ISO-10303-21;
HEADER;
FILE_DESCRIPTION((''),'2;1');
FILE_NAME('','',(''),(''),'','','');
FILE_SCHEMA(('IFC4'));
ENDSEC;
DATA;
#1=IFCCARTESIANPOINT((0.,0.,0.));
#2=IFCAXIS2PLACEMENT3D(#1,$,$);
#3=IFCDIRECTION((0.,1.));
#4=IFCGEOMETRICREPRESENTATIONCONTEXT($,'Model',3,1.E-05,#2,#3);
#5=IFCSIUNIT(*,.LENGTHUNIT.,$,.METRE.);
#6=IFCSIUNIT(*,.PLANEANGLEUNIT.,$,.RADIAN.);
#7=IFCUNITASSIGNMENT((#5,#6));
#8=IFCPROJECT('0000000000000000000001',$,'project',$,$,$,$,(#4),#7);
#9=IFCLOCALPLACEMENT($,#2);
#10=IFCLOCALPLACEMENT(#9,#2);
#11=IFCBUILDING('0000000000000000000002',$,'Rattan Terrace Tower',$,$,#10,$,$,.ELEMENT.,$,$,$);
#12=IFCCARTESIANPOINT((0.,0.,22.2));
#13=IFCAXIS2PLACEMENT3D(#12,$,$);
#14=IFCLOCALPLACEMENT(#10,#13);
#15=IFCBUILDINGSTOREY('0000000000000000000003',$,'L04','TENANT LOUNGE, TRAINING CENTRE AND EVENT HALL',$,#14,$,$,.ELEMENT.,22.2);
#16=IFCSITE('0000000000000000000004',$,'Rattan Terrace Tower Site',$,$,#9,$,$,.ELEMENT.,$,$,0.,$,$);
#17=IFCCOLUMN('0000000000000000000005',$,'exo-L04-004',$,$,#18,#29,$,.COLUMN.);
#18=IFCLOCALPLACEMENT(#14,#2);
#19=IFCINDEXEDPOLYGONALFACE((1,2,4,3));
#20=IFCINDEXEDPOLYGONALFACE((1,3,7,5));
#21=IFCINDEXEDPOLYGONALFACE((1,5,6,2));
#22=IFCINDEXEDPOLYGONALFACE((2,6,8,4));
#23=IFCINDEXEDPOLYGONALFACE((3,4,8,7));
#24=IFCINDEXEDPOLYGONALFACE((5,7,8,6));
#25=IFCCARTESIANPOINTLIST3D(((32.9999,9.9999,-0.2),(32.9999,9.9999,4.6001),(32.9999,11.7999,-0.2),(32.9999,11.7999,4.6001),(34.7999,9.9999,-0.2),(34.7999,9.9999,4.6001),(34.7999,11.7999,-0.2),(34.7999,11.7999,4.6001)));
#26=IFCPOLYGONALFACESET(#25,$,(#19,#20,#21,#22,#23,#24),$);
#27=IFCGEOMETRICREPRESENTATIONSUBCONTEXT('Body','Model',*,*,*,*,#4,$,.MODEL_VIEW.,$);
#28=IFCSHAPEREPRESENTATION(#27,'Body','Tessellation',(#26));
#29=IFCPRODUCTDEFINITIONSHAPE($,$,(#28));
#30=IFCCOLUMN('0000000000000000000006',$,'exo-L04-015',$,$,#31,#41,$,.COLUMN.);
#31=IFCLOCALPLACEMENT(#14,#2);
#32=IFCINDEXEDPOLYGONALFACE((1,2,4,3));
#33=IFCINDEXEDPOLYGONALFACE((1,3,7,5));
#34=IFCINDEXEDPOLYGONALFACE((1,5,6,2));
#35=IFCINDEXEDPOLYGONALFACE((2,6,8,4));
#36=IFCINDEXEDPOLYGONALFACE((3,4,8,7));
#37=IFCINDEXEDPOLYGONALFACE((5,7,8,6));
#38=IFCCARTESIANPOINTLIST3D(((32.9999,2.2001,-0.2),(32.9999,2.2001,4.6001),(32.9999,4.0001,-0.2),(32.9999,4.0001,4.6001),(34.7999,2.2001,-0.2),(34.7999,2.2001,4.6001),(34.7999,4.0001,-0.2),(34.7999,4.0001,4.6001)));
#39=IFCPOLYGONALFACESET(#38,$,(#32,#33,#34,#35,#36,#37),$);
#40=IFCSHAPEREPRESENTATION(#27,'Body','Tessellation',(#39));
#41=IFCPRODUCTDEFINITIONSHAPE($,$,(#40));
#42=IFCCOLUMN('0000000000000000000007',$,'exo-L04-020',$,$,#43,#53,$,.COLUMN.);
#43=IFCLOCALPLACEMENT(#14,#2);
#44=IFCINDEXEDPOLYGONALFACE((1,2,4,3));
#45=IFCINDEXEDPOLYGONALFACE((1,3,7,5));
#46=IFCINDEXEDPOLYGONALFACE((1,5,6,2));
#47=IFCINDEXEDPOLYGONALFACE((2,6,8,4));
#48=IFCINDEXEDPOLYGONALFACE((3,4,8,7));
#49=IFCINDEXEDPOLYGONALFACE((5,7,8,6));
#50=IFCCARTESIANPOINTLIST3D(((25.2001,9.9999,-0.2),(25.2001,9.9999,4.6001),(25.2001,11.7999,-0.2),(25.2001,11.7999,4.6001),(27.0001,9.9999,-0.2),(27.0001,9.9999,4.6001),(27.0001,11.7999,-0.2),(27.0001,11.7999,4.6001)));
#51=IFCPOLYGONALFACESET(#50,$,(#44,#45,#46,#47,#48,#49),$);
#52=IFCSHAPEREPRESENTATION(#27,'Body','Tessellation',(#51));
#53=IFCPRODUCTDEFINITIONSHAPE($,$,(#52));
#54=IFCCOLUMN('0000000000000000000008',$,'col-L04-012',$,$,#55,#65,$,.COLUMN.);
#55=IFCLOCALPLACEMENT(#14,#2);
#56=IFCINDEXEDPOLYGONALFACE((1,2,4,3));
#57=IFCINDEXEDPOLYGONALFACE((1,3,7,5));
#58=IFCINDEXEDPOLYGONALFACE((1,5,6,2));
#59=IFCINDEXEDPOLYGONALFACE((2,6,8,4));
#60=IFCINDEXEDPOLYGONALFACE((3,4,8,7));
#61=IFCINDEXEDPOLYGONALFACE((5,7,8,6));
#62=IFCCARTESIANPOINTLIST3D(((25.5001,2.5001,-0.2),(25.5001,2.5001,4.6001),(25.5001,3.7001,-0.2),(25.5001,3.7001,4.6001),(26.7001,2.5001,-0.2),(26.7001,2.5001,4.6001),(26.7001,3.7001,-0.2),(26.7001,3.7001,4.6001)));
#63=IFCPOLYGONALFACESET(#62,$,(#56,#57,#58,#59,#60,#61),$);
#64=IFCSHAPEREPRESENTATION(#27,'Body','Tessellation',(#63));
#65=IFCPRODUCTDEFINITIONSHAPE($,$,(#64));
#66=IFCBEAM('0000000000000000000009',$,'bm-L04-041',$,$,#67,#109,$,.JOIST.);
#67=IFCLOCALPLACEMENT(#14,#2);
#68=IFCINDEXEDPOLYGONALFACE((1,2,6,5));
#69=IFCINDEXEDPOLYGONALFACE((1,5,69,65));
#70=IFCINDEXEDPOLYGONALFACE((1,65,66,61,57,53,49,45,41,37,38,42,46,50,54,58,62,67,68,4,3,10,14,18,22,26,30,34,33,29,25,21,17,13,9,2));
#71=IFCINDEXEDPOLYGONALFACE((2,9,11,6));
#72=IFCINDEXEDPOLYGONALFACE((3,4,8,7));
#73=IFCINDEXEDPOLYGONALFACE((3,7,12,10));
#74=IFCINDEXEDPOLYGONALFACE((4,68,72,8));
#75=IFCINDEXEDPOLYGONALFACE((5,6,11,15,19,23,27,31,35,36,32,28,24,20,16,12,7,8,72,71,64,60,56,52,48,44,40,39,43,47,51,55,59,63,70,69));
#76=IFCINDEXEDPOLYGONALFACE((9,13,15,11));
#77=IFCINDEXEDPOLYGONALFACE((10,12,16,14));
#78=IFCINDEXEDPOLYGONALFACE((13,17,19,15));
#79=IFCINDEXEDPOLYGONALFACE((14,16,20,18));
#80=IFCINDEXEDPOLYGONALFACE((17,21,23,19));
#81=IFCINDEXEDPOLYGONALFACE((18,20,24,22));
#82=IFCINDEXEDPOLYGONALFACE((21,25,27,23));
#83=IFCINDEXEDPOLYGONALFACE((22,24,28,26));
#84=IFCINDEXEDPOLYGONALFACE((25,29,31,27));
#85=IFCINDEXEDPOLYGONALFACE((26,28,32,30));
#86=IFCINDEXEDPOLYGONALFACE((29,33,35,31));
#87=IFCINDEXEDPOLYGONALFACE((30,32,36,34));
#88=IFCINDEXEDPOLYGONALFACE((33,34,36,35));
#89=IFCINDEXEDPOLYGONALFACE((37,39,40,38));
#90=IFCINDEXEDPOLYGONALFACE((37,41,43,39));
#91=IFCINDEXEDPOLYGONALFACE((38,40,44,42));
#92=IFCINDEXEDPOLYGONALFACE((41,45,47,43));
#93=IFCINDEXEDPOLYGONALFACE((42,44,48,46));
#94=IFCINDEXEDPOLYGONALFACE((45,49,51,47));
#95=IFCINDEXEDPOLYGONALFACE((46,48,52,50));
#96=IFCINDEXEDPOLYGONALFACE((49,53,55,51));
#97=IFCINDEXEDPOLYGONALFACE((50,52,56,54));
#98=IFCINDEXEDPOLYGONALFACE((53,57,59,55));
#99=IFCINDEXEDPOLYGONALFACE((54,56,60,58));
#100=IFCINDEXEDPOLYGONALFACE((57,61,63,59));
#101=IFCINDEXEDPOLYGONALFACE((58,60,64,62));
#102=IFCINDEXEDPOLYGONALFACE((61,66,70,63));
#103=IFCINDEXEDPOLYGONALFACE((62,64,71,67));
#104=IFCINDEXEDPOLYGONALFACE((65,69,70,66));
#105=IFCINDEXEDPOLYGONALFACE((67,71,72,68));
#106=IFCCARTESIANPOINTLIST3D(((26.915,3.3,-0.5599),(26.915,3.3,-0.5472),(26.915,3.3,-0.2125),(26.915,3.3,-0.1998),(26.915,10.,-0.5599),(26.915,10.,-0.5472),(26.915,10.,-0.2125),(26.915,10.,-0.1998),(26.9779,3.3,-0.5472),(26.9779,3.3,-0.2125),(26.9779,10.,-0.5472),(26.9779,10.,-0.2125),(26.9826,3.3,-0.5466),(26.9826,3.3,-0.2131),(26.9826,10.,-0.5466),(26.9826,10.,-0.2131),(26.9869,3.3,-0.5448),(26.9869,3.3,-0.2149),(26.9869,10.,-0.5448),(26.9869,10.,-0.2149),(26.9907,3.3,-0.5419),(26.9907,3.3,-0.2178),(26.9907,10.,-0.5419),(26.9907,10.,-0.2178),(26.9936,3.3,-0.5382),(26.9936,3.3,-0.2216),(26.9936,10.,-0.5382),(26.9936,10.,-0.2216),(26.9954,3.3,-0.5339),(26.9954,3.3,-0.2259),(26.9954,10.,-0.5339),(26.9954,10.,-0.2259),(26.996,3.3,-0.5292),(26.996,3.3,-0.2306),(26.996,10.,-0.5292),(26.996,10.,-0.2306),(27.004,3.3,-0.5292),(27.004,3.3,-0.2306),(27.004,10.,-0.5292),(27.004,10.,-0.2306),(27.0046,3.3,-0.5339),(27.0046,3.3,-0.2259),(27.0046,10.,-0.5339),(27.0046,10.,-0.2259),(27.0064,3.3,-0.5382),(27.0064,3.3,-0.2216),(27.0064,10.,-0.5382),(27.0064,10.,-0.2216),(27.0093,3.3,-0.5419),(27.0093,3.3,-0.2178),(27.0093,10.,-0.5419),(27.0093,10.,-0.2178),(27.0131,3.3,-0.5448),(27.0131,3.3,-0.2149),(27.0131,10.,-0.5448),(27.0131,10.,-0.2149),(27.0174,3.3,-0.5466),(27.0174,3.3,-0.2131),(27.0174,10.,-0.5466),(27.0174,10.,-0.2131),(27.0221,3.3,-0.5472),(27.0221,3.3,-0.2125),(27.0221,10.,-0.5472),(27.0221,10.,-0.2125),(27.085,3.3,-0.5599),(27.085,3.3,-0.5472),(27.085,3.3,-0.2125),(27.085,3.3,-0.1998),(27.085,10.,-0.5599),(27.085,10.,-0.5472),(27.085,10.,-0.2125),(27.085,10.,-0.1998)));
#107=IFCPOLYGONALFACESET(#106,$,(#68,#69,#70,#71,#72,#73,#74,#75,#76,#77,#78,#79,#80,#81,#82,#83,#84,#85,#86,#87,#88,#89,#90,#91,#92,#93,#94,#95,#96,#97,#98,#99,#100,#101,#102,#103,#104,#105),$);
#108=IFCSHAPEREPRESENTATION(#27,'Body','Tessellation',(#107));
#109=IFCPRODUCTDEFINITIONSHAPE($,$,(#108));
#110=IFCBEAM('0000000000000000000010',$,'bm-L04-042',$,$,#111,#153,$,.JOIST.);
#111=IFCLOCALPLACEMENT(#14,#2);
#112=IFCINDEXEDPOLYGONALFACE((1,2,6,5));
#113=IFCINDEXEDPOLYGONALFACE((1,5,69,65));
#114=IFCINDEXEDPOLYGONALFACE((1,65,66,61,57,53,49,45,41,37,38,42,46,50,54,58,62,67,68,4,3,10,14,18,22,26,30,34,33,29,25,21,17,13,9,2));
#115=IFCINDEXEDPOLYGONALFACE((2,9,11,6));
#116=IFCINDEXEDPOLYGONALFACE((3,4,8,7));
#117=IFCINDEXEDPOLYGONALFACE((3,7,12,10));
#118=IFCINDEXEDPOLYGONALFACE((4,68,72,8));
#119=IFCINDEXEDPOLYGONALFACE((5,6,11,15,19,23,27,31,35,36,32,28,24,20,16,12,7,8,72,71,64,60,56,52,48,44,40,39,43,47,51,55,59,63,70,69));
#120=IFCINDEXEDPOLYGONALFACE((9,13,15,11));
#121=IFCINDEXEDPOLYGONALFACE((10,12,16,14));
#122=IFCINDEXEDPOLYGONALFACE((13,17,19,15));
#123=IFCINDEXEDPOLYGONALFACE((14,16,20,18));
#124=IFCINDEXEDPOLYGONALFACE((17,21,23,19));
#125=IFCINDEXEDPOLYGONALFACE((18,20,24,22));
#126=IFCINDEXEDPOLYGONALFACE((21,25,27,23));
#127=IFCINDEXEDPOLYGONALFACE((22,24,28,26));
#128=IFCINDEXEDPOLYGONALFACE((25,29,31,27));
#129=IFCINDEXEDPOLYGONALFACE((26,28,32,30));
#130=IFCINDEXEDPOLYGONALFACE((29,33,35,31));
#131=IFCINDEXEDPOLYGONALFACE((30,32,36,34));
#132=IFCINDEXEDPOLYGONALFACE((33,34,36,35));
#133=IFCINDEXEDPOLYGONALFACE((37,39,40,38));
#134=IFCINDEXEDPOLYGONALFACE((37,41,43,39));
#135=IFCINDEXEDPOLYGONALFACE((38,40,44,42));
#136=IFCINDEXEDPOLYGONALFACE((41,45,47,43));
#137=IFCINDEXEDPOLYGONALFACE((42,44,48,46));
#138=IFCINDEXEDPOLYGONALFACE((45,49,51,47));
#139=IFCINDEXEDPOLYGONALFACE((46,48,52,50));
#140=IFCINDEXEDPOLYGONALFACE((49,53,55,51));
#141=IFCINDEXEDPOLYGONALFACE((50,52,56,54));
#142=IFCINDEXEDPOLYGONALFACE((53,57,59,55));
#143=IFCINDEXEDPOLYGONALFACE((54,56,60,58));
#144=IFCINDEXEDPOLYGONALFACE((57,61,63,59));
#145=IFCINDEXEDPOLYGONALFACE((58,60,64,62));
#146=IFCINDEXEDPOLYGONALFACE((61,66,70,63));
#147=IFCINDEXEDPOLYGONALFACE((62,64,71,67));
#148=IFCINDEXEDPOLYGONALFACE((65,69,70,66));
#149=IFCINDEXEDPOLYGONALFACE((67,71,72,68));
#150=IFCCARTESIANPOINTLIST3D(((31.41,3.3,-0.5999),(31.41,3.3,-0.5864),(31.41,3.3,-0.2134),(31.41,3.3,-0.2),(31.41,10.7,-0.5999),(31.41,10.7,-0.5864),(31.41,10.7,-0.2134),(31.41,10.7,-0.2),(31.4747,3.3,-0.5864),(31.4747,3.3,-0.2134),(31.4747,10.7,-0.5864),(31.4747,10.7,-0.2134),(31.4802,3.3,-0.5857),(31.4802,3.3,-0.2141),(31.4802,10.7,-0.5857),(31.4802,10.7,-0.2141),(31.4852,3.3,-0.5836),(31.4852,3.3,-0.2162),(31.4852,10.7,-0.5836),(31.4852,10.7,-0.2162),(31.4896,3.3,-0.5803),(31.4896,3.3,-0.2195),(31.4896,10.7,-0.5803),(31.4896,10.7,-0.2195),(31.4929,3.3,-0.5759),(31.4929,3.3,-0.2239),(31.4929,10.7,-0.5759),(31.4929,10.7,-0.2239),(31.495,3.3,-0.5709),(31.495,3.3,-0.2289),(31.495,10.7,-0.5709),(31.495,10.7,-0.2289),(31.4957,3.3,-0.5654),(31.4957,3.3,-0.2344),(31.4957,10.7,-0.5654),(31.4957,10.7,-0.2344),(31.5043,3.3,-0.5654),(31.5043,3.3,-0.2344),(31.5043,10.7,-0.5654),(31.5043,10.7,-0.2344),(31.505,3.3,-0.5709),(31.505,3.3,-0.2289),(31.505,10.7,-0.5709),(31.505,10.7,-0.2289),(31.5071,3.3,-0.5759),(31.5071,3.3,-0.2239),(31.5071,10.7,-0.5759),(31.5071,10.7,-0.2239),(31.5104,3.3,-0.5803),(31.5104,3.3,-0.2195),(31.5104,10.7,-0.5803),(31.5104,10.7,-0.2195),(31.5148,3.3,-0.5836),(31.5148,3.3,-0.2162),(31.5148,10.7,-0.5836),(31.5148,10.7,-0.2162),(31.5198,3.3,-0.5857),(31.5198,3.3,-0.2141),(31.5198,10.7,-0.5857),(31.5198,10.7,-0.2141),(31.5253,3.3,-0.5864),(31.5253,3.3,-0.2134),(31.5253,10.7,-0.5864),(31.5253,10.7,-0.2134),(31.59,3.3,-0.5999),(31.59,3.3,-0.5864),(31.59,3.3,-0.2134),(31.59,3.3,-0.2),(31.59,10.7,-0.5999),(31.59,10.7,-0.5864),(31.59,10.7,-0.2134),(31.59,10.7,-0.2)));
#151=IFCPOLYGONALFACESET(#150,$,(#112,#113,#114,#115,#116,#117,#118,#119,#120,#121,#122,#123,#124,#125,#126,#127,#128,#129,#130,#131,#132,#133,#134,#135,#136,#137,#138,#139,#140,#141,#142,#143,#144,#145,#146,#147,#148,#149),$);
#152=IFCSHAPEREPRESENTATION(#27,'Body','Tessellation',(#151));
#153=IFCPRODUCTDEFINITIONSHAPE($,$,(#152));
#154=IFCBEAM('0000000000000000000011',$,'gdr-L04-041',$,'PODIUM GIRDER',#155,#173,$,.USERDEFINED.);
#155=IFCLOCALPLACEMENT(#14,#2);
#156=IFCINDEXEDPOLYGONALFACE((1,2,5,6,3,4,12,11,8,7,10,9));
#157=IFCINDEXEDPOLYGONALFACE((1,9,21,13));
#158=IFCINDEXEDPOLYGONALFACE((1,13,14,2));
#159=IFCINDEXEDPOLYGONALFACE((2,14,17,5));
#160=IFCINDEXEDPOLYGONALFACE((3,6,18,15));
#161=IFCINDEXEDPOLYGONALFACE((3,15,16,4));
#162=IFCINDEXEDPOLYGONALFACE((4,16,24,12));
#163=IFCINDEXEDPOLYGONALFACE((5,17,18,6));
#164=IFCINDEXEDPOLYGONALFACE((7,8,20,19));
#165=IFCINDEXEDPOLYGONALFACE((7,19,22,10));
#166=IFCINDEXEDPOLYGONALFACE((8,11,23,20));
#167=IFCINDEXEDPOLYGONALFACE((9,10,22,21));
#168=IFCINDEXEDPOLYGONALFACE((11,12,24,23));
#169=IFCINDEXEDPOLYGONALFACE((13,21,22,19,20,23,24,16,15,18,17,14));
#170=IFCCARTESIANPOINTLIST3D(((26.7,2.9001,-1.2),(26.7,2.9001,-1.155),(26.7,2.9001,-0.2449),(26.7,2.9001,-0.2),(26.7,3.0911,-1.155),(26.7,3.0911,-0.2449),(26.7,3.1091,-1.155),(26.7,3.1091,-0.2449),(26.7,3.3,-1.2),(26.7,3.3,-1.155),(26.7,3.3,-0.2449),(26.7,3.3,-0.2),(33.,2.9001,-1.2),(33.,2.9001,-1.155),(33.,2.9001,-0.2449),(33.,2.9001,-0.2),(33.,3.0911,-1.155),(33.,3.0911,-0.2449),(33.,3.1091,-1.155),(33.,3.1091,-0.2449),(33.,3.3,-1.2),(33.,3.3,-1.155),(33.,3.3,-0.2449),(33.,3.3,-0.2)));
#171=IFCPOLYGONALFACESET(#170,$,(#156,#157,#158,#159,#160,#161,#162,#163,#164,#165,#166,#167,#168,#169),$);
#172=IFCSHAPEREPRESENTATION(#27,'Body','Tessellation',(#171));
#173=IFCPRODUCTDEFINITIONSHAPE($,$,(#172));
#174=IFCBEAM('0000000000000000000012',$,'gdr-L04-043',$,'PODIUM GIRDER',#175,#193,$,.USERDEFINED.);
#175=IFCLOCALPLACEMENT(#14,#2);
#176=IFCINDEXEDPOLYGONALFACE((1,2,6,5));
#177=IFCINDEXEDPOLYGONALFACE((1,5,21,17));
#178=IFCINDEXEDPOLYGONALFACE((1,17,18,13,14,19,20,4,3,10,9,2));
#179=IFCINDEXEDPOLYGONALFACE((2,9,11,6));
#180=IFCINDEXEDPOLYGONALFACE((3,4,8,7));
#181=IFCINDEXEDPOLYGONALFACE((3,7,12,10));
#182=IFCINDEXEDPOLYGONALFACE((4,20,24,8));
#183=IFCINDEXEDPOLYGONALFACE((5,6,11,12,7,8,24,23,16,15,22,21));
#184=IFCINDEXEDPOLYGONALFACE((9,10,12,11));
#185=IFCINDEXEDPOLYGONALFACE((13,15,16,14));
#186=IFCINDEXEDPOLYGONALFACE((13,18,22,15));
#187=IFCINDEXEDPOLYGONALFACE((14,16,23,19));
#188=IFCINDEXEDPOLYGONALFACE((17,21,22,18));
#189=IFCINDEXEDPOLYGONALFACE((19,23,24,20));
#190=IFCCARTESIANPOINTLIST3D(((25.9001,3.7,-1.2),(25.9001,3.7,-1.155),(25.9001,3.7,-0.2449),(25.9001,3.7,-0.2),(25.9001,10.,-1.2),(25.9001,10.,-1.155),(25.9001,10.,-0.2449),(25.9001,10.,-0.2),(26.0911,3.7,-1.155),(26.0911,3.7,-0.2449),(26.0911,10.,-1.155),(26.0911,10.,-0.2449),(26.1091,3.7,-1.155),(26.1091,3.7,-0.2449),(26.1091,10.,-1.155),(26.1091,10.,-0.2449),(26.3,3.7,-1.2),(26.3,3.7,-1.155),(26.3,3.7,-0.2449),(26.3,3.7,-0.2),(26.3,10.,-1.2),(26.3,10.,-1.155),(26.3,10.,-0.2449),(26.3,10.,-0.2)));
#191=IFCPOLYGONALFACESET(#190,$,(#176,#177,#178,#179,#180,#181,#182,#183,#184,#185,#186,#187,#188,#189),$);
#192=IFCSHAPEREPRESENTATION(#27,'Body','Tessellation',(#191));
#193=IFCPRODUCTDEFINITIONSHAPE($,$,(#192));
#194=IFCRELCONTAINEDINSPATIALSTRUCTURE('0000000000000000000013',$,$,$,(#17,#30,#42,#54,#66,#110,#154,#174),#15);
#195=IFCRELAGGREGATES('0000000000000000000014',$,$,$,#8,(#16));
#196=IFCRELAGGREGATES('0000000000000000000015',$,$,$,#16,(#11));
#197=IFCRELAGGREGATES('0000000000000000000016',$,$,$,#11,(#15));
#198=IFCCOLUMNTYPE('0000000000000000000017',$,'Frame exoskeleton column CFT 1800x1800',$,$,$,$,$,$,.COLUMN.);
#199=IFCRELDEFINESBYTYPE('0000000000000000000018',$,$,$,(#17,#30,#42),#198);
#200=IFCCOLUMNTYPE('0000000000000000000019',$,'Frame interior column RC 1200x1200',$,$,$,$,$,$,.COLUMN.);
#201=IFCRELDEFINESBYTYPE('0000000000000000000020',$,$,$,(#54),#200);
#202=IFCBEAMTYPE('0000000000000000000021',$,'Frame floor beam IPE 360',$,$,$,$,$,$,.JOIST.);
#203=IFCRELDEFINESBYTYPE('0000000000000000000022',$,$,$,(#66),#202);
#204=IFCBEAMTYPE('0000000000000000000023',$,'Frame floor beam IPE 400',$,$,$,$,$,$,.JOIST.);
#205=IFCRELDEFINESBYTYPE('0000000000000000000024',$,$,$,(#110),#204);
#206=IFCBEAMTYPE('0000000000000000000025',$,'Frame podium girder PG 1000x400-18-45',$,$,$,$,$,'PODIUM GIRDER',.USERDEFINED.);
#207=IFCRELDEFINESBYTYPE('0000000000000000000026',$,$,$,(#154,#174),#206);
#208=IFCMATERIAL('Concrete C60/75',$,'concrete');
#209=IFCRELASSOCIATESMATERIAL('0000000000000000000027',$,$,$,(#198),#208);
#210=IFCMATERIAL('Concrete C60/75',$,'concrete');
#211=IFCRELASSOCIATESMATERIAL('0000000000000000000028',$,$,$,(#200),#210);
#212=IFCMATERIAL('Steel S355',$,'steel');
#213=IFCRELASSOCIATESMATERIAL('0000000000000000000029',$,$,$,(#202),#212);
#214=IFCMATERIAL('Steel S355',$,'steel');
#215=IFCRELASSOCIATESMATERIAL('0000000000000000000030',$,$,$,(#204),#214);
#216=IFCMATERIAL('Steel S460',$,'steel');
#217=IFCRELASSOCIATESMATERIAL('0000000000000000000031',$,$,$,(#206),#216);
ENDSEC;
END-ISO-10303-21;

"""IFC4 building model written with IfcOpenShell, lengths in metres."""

from ifc_helpers import new_model, si_unit, direction, frame, origin, origin_2d, place, context, subcontext, project, spatial, rectangle, i_section, extrude, material, material_profile, profile_set, type_object, element, save


model = new_model("IFC4")

# Units and contexts
model_context = context("Model", 3, precision=1e-05, world=origin(), true_north=direction((0.0, 1.0)))
body_context = subcontext(model_context, "Body", "Model", "MODEL_VIEW")
ifc_project = project(units=[si_unit("LENGTHUNIT", "METRE"), si_unit("PLANEANGLEUNIT", "RADIAN")], contexts=[model_context])

# Site, building, storey
site_placement = place(None, origin())
site = spatial("IfcSite", under=ifc_project, at=site_placement, Name="Rattan Terrace Tower Site", CompositionType="ELEMENT", RefElevation=0.0)
building_placement = place(site_placement, origin())
building = spatial("IfcBuilding", under=site, at=building_placement, Name="Rattan Terrace Tower", CompositionType="ELEMENT")
storey_placement = place(building_placement, frame((0.0, 0.0, 22.2)))
storey = spatial("IfcBuildingStorey", under=building, at=storey_placement, Name="L04", Description="TENANT LOUNGE, TRAINING CENTRE AND EVENT HALL", CompositionType="ELEMENT", Elevation=22.2)

# Columns
ifc_material_1 = material(Name="Concrete C60/75", Category="concrete")
ifc_material_profile_1 = material_profile(ifc_material_1, rectangle(XDim=1.8, YDim=1.8, at=origin_2d()), Name="CFT 1800x1800")
ifc_profile_set_1 = profile_set([ifc_material_profile_1], Name="Concrete C60/75")
column_type_1 = type_object("IfcColumnType", Name="Frame exoskeleton column CFT 1800x1800", PredefinedType="COLUMN", material=ifc_profile_set_1)
for number, where, z_axis, x_axis, name in (
    (1, (33.8999, 10.8999, -0.2), (0.0, 0.0, 1.0), (1.0, 0.0, 0.0), "exo-L04-004"),
    (2, (33.8999, 3.1001, -0.2), (0.0, 0.0, 1.0), (0.0, 1.0, 0.0), "exo-L04-015"),
    (3, (26.1001, 10.8999, -0.2), (0.0, 0.0, 1.0), (1.0, 0.0, 0.0), "exo-L04-020"),
):
    element("IfcColumn", number, at=place(storey_placement, frame(where, z_axis=z_axis, x_axis=x_axis)), inside=storey, type_object=column_type_1, Name=name, PredefinedType="COLUMN", context=body_context, shape_type="SweptSolid", body=[
        extrude(rectangle(XDim=1.8, YDim=1.8, at=origin_2d()), origin(), (0.0, 0.0, 1.0), 4.8),
    ])
ifc_material_2 = material(Name="Concrete C60/75", Category="concrete")
ifc_material_profile_2 = material_profile(ifc_material_2, rectangle(XDim=1.2, YDim=1.2, at=origin_2d()), Name="RC 1200x1200")
ifc_profile_set_2 = profile_set([ifc_material_profile_2], Name="Concrete C60/75")
column_type_2 = type_object("IfcColumnType", Name="Frame interior column RC 1200x1200", PredefinedType="COLUMN", material=ifc_profile_set_2)
column_placement = place(storey_placement, frame((26.1001, 3.1001, -0.2), z_axis=(0.0, 0.0, 1.0), x_axis=(1.0, 0.0, 0.0)))
element("IfcColumn", 4, at=column_placement, inside=storey, type_object=column_type_2, Name="col-L04-012", PredefinedType="COLUMN", context=body_context, shape_type="SweptSolid", body=[
    extrude(rectangle(XDim=1.2, YDim=1.2, at=origin_2d()), origin(), (0.0, 0.0, 1.0), 4.8),
])

# Beams
ifc_material_3 = material(Name="Steel S355", Category="steel")
ifc_material_profile_3 = material_profile(ifc_material_3, i_section(OverallWidth=0.1699, OverallDepth=0.3601, WebThickness=0.0081, FlangeThickness=0.0127, FilletRadius=0.0181, at=origin_2d()), Name="IPE 360")
ifc_profile_set_3 = profile_set([ifc_material_profile_3], Name="Steel S355")
beam_type_1 = type_object("IfcBeamType", Name="Frame floor beam IPE 360", PredefinedType="JOIST", material=ifc_profile_set_3)
beam_1_placement = place(storey_placement, frame((27.0, 3.3, -0.3799), z_axis=(0.0, 1.0, 0.0), x_axis=(-1.0, 0.0, 0.0)))
element("IfcBeam", 5, at=beam_1_placement, inside=storey, type_object=beam_type_1, Name="bm-L04-041", PredefinedType="JOIST", context=body_context, shape_type="SweptSolid", body=[
    extrude(i_section(OverallWidth=0.1699, OverallDepth=0.3601, WebThickness=0.0081, FlangeThickness=0.0127, FilletRadius=0.0181, at=origin_2d()), origin(), (0.0, 0.0, 1.0), 6.7),
])
ifc_material_4 = material(Name="Steel S355", Category="steel")
ifc_material_profile_4 = material_profile(ifc_material_4, i_section(OverallWidth=0.1799, OverallDepth=0.3999, WebThickness=0.0085, FlangeThickness=0.0134, FilletRadius=0.021, at=origin_2d()), Name="IPE 400")
ifc_profile_set_4 = profile_set([ifc_material_profile_4], Name="Steel S355")
beam_type_2 = type_object("IfcBeamType", Name="Frame floor beam IPE 400", PredefinedType="JOIST", material=ifc_profile_set_4)
beam_2_placement = place(storey_placement, frame((31.5, 3.3, -0.3999), z_axis=(0.0, 1.0, 0.0), x_axis=(-1.0, 0.0, 0.0)))
element("IfcBeam", 6, at=beam_2_placement, inside=storey, type_object=beam_type_2, Name="bm-L04-042", PredefinedType="JOIST", context=body_context, shape_type="SweptSolid", body=[
    extrude(i_section(OverallWidth=0.1799, OverallDepth=0.3999, WebThickness=0.0085, FlangeThickness=0.0134, FilletRadius=0.021, at=origin_2d()), origin(), (0.0, 0.0, 1.0), 7.3999),
])
ifc_material_5 = material(Name="Steel S460", Category="steel")
ifc_material_profile_5 = material_profile(ifc_material_5, i_section(OverallWidth=0.3999, OverallDepth=1.0, WebThickness=0.0181, FlangeThickness=0.0449, at=origin_2d()), Name="PG 1000x400-18-45")
ifc_profile_set_5 = profile_set([ifc_material_profile_5], Name="Steel S460")
beam_type_3 = type_object("IfcBeamType", Name="Frame podium girder PG 1000x400-18-45", ElementType="PODIUM GIRDER", PredefinedType="USERDEFINED", material=ifc_profile_set_5)
for number, where, z_axis, x_axis, name in (
    (7, (26.7, 3.1001, -0.7), (1.0, 0.0, 0.0), (0.0, 1.0, 0.0), "gdr-L04-041"),
    (8, (26.1001, 3.7, -0.7), (0.0, 1.0, 0.0), (-1.0, 0.0, 0.0), "gdr-L04-043"),
):
    element("IfcBeam", number, at=place(storey_placement, frame(where, z_axis=z_axis, x_axis=x_axis)), inside=storey, type_object=beam_type_3, Name=name, ObjectType="PODIUM GIRDER", PredefinedType="USERDEFINED", context=body_context, shape_type="SweptSolid", body=[
        extrude(i_section(OverallWidth=0.3999, OverallDepth=1.0, WebThickness=0.0181, FlangeThickness=0.0449, at=origin_2d()), origin(), (0.0, 0.0, 1.0), 6.3),
    ])

save(model, "model.ifc")
